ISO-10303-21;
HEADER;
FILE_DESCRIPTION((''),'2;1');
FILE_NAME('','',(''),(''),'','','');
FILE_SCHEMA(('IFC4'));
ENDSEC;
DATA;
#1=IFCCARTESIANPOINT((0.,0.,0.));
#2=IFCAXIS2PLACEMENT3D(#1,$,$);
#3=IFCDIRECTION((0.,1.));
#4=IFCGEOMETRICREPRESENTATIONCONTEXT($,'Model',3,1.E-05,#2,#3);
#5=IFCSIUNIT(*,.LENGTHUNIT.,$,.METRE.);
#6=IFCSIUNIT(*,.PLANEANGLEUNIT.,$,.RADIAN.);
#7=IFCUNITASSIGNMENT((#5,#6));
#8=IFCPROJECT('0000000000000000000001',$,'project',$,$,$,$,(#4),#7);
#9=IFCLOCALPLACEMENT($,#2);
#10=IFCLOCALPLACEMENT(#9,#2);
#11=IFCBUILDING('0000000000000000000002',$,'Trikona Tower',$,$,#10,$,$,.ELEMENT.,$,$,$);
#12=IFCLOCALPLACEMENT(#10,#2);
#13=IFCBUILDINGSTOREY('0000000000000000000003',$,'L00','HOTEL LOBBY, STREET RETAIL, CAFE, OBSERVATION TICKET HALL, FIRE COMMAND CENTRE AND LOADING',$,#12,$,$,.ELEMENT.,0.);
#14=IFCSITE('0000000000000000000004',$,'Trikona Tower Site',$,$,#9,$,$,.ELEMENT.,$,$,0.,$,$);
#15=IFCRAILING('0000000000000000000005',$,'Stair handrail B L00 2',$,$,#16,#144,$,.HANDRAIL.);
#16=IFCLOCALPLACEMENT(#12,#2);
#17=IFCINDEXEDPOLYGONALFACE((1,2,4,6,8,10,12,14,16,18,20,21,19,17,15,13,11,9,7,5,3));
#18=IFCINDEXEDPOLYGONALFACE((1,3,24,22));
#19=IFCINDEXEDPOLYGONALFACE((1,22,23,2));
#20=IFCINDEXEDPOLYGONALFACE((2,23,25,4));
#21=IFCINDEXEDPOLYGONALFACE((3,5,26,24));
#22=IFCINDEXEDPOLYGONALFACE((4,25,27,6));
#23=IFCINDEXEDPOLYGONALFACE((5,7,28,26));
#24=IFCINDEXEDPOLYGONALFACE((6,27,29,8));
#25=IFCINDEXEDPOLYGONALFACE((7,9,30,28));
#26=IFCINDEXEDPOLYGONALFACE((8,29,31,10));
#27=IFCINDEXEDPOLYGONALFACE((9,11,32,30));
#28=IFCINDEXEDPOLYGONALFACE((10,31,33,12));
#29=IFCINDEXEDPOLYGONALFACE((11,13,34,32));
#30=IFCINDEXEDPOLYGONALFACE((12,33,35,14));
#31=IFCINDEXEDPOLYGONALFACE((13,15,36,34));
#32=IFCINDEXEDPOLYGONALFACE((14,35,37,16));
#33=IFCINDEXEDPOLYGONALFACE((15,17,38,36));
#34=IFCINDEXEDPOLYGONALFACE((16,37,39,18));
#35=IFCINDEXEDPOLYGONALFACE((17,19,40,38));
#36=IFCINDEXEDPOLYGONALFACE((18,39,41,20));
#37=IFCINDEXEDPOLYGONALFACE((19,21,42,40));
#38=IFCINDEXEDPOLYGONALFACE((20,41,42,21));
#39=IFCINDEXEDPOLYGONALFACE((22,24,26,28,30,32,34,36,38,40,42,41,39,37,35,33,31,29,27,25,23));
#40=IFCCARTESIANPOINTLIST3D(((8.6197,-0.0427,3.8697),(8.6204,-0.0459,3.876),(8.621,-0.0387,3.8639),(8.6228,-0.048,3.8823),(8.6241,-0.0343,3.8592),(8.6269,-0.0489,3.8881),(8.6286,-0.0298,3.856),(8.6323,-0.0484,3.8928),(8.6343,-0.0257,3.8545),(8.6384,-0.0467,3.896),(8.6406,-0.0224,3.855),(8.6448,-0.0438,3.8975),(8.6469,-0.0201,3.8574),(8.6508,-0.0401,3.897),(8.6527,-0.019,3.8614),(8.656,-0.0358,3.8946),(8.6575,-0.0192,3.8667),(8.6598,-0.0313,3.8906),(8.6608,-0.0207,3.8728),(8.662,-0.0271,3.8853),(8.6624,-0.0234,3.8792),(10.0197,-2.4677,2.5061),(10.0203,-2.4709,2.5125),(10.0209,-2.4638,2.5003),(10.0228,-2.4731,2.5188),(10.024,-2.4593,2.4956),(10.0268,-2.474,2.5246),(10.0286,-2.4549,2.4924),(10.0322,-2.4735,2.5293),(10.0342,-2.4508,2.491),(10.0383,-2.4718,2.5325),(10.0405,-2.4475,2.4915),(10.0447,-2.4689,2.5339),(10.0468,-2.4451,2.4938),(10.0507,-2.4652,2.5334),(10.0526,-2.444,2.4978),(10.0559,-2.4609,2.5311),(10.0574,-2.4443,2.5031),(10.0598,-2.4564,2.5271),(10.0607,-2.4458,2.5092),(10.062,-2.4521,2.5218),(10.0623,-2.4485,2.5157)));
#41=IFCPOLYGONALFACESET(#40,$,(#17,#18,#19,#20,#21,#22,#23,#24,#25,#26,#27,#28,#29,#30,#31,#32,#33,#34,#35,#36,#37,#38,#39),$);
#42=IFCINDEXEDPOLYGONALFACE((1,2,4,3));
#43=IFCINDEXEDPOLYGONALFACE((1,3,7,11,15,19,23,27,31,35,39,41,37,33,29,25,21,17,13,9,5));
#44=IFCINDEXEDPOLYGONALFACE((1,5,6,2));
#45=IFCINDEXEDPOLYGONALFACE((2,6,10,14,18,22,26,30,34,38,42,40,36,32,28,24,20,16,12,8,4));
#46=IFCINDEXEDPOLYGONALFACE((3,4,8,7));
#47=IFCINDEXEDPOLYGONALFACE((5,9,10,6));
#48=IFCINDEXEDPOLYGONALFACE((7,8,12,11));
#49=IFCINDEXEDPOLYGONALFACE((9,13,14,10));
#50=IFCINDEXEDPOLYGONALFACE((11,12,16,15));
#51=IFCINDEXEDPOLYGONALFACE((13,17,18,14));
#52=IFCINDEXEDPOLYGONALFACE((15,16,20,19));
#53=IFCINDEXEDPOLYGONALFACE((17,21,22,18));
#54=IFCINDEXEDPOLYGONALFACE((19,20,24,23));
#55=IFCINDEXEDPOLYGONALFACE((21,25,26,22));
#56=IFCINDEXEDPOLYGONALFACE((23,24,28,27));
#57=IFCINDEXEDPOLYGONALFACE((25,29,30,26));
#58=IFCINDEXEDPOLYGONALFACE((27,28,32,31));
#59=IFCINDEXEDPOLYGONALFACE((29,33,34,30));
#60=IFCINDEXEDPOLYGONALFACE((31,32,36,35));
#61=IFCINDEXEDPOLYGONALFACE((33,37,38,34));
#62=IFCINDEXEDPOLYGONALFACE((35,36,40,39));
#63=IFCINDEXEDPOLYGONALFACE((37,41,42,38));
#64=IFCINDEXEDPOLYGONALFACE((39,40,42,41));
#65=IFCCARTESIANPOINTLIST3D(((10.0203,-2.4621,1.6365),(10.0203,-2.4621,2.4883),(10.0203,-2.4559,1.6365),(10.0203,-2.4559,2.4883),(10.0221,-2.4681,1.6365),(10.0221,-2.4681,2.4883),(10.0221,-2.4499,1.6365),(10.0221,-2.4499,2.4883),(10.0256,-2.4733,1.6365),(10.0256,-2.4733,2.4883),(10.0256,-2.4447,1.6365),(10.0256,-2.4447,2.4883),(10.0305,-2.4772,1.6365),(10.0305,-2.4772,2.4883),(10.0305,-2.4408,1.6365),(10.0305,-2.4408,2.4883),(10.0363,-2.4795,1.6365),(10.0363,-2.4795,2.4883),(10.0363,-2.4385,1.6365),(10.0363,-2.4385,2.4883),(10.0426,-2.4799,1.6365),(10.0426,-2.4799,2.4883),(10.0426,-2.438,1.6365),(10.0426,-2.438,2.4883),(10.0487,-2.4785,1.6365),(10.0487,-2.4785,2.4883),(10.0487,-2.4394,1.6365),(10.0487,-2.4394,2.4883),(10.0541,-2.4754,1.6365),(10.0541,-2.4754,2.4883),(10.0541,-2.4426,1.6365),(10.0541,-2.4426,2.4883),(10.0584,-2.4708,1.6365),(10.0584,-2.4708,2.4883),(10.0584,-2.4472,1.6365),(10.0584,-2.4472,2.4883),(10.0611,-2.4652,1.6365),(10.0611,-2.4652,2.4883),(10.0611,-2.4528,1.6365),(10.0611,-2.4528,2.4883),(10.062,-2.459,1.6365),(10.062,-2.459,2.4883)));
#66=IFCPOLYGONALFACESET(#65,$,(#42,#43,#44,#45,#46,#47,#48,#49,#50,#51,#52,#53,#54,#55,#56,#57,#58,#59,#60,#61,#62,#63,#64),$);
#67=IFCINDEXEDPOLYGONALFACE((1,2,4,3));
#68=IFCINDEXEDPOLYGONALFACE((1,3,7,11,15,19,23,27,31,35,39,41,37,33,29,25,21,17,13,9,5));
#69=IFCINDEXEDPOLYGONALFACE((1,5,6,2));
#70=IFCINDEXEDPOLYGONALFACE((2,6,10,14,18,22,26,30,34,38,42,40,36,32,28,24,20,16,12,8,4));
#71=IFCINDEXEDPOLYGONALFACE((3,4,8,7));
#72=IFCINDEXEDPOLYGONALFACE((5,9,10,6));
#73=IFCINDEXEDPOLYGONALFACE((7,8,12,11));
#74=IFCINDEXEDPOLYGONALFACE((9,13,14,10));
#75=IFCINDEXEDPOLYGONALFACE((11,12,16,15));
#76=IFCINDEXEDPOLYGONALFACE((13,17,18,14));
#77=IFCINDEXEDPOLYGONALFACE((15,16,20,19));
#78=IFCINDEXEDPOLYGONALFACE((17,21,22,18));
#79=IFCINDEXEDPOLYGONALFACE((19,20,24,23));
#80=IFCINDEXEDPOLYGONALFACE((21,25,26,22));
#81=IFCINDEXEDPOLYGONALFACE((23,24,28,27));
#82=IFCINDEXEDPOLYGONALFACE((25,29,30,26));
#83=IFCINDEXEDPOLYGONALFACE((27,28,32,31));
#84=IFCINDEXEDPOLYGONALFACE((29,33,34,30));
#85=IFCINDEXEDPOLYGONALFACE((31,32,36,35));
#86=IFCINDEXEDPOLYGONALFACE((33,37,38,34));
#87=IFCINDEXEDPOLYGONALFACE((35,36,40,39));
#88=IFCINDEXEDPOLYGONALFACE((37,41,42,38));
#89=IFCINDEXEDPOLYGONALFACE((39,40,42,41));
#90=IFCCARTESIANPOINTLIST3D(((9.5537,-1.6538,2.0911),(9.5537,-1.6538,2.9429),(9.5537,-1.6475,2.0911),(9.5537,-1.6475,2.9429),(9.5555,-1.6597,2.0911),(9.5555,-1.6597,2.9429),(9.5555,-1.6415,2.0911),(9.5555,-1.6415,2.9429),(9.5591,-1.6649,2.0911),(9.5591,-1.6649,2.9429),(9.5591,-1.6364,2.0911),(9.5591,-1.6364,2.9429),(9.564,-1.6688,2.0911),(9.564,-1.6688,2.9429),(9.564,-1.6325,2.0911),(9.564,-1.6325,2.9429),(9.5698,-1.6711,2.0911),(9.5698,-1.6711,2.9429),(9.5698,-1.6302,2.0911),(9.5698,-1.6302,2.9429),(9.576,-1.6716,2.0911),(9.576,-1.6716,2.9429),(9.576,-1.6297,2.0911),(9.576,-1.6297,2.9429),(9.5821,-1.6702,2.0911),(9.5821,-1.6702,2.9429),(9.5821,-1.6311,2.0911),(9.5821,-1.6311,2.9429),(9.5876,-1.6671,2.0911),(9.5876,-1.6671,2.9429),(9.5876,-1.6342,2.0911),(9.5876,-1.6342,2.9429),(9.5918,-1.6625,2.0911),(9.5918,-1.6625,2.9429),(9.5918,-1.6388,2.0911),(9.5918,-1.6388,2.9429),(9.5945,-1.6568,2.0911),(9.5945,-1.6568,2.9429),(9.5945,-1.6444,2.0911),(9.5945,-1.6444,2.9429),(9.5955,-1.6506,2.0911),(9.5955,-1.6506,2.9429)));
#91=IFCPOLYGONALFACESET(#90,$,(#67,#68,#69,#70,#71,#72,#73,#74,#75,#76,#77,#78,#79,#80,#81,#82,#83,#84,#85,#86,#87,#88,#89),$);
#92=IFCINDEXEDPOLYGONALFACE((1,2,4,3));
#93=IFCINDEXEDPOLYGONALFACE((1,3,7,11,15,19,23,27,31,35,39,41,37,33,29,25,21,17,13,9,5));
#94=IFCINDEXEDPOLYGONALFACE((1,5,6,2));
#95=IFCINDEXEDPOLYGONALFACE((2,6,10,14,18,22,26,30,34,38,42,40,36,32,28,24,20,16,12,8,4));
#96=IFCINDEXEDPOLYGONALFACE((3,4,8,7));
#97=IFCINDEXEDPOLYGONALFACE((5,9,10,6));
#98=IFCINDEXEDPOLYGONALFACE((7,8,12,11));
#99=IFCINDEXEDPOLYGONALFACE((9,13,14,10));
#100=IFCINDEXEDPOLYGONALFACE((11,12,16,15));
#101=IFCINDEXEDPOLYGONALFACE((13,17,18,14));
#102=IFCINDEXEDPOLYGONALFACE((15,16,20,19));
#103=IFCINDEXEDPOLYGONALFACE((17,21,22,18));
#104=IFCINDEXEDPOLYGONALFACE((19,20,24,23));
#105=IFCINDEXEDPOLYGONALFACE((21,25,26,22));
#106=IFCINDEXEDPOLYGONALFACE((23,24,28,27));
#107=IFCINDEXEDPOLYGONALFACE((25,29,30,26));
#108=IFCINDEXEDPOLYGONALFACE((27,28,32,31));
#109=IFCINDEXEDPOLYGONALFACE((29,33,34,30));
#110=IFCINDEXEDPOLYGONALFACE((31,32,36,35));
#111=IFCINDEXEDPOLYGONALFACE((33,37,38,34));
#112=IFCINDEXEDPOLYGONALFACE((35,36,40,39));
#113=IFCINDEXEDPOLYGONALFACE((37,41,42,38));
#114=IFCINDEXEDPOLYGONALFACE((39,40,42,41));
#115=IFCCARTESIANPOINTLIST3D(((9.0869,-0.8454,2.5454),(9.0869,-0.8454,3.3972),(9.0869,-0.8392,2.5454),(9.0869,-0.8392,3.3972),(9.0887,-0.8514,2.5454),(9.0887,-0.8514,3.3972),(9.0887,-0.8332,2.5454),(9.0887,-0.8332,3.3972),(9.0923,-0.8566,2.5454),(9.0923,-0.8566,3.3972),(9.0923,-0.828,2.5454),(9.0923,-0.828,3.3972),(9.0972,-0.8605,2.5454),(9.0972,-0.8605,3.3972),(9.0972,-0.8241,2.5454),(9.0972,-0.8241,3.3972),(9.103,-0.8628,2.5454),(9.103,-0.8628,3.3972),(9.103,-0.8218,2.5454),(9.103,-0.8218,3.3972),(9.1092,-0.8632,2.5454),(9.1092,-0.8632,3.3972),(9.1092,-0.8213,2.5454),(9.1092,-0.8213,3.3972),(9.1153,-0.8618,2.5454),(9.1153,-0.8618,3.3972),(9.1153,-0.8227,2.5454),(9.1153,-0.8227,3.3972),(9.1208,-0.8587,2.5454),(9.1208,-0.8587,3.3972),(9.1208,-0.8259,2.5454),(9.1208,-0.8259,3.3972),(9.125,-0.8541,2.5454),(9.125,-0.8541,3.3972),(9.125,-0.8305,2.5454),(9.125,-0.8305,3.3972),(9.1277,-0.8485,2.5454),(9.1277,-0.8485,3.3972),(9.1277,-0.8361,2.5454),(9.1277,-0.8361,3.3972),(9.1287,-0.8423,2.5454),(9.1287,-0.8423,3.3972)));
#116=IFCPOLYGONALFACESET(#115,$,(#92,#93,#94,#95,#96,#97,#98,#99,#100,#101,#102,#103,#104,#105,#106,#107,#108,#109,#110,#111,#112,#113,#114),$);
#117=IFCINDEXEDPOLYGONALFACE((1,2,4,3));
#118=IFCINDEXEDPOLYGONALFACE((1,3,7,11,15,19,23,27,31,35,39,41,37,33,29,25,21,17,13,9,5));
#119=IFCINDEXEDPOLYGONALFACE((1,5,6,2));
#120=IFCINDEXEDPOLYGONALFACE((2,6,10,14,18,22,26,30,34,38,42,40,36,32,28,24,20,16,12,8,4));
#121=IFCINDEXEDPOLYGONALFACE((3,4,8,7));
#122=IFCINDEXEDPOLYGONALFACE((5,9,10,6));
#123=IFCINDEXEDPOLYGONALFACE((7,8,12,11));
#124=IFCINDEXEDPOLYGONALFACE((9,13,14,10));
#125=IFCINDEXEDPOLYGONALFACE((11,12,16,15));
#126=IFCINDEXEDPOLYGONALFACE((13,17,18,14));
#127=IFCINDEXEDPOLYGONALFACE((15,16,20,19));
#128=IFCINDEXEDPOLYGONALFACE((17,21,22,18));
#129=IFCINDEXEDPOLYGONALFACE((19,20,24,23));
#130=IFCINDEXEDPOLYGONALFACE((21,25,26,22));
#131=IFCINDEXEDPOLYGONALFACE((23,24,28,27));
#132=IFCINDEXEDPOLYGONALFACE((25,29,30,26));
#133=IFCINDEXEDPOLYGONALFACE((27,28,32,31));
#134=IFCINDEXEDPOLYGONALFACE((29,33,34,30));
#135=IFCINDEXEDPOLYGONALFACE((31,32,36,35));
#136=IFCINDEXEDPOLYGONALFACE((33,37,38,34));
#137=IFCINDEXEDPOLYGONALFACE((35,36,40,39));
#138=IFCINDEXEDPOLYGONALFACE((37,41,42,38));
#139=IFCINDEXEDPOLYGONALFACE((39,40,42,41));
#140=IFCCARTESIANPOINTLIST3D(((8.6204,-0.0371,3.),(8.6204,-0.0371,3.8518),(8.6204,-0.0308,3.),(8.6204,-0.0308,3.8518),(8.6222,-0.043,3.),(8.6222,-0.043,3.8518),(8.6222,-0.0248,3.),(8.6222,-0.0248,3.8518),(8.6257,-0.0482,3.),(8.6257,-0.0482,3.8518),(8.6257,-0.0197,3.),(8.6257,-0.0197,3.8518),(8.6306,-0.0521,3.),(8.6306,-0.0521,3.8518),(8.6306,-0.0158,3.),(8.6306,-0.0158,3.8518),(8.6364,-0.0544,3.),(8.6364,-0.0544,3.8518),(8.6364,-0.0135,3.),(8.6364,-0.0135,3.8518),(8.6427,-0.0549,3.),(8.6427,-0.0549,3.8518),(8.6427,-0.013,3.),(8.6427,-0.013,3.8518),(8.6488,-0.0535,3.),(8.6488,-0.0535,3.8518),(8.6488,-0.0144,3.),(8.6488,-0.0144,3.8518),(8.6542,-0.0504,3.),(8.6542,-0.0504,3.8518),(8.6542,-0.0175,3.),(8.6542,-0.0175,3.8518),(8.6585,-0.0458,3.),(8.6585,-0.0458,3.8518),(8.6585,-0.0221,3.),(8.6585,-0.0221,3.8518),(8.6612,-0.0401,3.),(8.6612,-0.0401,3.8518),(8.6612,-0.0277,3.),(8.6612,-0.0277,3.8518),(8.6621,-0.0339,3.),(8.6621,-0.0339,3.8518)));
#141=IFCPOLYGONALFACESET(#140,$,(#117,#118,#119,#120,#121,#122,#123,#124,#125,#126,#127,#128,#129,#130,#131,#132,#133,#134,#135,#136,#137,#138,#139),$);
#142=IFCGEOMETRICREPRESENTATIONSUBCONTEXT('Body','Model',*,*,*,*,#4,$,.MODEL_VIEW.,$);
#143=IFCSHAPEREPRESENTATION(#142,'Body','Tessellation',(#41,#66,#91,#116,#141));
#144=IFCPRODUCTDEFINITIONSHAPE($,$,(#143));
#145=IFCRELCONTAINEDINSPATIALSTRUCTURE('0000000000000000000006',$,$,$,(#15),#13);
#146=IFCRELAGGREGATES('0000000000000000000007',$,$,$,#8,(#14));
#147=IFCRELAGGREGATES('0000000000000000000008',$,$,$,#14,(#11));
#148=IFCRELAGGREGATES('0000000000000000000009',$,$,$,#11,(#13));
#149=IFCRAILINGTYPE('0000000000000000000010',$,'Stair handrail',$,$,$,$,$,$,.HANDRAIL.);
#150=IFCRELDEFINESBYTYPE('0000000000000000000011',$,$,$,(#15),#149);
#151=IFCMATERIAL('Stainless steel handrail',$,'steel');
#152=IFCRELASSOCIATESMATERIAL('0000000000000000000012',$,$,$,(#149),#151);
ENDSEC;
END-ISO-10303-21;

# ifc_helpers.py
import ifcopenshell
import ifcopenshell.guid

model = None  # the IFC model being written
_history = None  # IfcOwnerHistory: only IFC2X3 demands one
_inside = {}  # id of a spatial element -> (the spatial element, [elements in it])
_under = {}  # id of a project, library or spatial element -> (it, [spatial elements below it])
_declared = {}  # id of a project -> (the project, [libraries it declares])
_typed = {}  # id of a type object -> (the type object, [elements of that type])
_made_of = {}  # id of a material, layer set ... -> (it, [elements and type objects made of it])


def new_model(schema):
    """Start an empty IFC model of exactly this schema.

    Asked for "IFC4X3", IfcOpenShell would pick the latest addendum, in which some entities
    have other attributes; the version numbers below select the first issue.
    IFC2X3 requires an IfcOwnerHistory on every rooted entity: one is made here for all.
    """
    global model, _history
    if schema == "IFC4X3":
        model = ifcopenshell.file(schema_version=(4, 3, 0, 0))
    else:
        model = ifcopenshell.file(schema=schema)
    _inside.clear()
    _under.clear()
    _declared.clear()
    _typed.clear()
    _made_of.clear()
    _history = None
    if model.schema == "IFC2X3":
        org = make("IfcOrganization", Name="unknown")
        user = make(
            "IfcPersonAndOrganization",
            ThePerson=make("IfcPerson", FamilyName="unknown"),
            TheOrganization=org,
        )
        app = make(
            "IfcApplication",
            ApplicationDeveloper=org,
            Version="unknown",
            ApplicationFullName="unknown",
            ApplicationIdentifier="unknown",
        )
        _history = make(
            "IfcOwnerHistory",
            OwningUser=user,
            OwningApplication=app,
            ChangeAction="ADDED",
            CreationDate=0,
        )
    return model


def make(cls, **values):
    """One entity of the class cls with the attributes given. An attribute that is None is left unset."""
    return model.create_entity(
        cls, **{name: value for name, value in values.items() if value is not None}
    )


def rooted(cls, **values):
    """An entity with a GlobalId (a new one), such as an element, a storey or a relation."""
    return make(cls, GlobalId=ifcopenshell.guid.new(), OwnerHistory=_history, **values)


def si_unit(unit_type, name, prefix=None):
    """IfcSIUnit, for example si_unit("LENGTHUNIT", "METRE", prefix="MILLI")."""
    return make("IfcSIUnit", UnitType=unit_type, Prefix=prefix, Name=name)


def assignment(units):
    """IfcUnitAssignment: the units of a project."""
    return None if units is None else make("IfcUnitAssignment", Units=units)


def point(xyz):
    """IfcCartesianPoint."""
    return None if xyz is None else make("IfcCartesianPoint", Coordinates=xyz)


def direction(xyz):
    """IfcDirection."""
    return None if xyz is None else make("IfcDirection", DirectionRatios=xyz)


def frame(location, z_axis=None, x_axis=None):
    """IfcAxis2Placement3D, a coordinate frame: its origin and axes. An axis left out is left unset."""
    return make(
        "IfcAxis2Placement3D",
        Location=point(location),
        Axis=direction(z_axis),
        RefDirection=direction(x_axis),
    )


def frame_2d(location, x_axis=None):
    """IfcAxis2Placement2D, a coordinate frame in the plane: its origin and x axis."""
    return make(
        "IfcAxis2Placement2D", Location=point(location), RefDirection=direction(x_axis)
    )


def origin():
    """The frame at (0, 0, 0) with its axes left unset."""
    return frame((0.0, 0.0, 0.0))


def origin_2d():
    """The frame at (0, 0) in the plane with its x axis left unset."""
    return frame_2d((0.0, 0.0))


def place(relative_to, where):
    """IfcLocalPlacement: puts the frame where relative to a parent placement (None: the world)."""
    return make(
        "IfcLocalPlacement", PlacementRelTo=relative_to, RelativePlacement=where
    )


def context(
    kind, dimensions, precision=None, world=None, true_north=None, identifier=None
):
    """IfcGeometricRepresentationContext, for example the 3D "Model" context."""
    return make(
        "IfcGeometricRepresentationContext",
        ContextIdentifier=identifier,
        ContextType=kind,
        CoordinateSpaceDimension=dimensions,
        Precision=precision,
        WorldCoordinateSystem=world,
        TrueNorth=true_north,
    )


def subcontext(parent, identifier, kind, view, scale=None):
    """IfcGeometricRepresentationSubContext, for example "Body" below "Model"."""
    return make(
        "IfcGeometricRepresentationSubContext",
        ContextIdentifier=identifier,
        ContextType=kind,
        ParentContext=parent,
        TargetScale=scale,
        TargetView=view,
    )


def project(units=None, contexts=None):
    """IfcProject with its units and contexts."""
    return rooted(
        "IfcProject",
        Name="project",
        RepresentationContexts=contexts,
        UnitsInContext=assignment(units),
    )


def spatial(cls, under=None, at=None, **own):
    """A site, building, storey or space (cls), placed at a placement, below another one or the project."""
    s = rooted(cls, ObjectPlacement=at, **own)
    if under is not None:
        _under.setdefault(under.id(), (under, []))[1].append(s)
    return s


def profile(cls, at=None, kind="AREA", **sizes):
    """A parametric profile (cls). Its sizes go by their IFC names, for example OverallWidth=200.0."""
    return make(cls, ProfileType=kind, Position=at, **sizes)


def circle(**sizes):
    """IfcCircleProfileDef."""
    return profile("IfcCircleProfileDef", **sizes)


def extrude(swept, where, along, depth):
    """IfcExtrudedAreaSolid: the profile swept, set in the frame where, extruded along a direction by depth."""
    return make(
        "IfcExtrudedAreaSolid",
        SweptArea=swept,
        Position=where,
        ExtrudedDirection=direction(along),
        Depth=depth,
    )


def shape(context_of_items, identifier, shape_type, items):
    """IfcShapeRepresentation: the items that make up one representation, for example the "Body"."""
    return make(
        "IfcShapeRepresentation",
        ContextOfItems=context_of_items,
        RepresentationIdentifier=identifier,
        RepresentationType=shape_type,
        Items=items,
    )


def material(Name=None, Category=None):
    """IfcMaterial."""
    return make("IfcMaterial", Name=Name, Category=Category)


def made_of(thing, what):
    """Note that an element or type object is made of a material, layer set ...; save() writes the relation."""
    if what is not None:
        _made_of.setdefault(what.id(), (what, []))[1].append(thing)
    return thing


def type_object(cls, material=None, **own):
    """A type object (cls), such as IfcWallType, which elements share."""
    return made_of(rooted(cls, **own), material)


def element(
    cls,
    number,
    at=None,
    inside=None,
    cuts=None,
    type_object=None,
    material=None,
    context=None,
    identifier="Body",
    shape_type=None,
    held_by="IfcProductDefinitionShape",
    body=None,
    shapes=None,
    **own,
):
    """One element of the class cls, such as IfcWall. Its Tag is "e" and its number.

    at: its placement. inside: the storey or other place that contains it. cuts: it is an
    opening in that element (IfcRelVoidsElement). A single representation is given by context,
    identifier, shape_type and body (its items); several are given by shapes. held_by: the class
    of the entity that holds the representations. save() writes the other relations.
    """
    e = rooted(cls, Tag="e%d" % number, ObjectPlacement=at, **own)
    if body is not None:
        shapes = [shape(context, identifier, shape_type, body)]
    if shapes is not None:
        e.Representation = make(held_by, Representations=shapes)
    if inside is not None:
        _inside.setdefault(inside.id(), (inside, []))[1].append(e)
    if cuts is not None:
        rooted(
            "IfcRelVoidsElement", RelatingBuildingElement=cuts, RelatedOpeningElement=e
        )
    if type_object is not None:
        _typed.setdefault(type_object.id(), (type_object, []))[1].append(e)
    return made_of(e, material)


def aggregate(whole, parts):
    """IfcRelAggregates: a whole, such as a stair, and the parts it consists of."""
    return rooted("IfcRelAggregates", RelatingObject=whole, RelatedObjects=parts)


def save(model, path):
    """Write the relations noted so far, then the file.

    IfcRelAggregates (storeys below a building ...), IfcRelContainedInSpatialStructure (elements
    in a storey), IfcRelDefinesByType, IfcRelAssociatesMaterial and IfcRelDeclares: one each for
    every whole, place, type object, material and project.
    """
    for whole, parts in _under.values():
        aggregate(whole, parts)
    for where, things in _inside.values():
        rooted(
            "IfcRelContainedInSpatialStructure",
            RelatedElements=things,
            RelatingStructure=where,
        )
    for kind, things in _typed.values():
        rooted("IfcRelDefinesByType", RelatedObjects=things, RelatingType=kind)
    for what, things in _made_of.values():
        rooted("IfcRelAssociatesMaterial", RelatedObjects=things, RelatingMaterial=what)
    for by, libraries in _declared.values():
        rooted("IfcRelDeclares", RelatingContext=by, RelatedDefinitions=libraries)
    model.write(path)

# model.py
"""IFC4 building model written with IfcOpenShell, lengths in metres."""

from ifc_helpers import new_model, si_unit, direction, frame, origin, origin_2d, place, context, subcontext, project, spatial, circle, extrude, material, type_object, element, save


model = new_model("IFC4")

# Units and contexts
model_context = context("Model", 3, precision=1e-05, world=origin(), true_north=direction((0.0, 1.0)))
body_context = subcontext(model_context, "Body", "Model", "MODEL_VIEW")
ifc_project = project(units=[si_unit("LENGTHUNIT", "METRE"), si_unit("PLANEANGLEUNIT", "RADIAN")], contexts=[model_context])

# Site, building, storey
site_placement = place(None, origin())
site = spatial("IfcSite", under=ifc_project, at=site_placement, Name="Trikona Tower Site", CompositionType="ELEMENT", RefElevation=0.0)
building_placement = place(site_placement, origin())
building = spatial("IfcBuilding", under=site, at=building_placement, Name="Trikona Tower", CompositionType="ELEMENT")
storey_placement = place(building_placement, origin())
storey = spatial("IfcBuildingStorey", under=building, at=storey_placement, Name="L00", Description="HOTEL LOBBY, STREET RETAIL, CAFE, OBSERVATION TICKET HALL, FIRE COMMAND CENTRE AND LOADING", CompositionType="ELEMENT", Elevation=0.0)

# Railing
ifc_material_1 = material(Name="Stainless steel handrail", Category="steel")
railing_type = type_object("IfcRailingType", Name="Stair handrail", PredefinedType="HANDRAIL", material=ifc_material_1)
for number, where, name in (
    (1, (10.041, -2.459, 1.6365), "Stair handrail B L00 2"),
):
    element("IfcRailing", number, at=place(storey_placement, frame(where)), inside=storey, type_object=railing_type, Name=name, PredefinedType="HANDRAIL", context=body_context, shape_type="SweptSolid", body=[
        extrude(circle(Radius=0.0239, at=origin_2d()), frame((0.0, 0.0, 0.876), z_axis=(-0.449486, 0.778645, 0.437806), x_axis=(-0.866056, -0.499946, 0.0)), (0.0, 0.0, 1.0), 3.1145),
        extrude(circle(Radius=0.021, at=origin_2d()), origin(), (0.0, 0.0, 1.0), 0.8518),
        extrude(circle(Radius=0.021, at=origin_2d()), frame((-0.4666, 0.8083, 0.4546)), (0.0, 0.0, 1.0), 0.8518),
        extrude(circle(Radius=0.021, at=origin_2d()), frame((-0.9333, 1.6167, 0.9089)), (0.0, 0.0, 1.0), 0.8518),
        extrude(circle(Radius=0.021, at=origin_2d()), frame((-1.3999, 2.425, 1.3635)), (0.0, 0.0, 1.0), 0.8518),
    ])

save(model, "model.ifc")
